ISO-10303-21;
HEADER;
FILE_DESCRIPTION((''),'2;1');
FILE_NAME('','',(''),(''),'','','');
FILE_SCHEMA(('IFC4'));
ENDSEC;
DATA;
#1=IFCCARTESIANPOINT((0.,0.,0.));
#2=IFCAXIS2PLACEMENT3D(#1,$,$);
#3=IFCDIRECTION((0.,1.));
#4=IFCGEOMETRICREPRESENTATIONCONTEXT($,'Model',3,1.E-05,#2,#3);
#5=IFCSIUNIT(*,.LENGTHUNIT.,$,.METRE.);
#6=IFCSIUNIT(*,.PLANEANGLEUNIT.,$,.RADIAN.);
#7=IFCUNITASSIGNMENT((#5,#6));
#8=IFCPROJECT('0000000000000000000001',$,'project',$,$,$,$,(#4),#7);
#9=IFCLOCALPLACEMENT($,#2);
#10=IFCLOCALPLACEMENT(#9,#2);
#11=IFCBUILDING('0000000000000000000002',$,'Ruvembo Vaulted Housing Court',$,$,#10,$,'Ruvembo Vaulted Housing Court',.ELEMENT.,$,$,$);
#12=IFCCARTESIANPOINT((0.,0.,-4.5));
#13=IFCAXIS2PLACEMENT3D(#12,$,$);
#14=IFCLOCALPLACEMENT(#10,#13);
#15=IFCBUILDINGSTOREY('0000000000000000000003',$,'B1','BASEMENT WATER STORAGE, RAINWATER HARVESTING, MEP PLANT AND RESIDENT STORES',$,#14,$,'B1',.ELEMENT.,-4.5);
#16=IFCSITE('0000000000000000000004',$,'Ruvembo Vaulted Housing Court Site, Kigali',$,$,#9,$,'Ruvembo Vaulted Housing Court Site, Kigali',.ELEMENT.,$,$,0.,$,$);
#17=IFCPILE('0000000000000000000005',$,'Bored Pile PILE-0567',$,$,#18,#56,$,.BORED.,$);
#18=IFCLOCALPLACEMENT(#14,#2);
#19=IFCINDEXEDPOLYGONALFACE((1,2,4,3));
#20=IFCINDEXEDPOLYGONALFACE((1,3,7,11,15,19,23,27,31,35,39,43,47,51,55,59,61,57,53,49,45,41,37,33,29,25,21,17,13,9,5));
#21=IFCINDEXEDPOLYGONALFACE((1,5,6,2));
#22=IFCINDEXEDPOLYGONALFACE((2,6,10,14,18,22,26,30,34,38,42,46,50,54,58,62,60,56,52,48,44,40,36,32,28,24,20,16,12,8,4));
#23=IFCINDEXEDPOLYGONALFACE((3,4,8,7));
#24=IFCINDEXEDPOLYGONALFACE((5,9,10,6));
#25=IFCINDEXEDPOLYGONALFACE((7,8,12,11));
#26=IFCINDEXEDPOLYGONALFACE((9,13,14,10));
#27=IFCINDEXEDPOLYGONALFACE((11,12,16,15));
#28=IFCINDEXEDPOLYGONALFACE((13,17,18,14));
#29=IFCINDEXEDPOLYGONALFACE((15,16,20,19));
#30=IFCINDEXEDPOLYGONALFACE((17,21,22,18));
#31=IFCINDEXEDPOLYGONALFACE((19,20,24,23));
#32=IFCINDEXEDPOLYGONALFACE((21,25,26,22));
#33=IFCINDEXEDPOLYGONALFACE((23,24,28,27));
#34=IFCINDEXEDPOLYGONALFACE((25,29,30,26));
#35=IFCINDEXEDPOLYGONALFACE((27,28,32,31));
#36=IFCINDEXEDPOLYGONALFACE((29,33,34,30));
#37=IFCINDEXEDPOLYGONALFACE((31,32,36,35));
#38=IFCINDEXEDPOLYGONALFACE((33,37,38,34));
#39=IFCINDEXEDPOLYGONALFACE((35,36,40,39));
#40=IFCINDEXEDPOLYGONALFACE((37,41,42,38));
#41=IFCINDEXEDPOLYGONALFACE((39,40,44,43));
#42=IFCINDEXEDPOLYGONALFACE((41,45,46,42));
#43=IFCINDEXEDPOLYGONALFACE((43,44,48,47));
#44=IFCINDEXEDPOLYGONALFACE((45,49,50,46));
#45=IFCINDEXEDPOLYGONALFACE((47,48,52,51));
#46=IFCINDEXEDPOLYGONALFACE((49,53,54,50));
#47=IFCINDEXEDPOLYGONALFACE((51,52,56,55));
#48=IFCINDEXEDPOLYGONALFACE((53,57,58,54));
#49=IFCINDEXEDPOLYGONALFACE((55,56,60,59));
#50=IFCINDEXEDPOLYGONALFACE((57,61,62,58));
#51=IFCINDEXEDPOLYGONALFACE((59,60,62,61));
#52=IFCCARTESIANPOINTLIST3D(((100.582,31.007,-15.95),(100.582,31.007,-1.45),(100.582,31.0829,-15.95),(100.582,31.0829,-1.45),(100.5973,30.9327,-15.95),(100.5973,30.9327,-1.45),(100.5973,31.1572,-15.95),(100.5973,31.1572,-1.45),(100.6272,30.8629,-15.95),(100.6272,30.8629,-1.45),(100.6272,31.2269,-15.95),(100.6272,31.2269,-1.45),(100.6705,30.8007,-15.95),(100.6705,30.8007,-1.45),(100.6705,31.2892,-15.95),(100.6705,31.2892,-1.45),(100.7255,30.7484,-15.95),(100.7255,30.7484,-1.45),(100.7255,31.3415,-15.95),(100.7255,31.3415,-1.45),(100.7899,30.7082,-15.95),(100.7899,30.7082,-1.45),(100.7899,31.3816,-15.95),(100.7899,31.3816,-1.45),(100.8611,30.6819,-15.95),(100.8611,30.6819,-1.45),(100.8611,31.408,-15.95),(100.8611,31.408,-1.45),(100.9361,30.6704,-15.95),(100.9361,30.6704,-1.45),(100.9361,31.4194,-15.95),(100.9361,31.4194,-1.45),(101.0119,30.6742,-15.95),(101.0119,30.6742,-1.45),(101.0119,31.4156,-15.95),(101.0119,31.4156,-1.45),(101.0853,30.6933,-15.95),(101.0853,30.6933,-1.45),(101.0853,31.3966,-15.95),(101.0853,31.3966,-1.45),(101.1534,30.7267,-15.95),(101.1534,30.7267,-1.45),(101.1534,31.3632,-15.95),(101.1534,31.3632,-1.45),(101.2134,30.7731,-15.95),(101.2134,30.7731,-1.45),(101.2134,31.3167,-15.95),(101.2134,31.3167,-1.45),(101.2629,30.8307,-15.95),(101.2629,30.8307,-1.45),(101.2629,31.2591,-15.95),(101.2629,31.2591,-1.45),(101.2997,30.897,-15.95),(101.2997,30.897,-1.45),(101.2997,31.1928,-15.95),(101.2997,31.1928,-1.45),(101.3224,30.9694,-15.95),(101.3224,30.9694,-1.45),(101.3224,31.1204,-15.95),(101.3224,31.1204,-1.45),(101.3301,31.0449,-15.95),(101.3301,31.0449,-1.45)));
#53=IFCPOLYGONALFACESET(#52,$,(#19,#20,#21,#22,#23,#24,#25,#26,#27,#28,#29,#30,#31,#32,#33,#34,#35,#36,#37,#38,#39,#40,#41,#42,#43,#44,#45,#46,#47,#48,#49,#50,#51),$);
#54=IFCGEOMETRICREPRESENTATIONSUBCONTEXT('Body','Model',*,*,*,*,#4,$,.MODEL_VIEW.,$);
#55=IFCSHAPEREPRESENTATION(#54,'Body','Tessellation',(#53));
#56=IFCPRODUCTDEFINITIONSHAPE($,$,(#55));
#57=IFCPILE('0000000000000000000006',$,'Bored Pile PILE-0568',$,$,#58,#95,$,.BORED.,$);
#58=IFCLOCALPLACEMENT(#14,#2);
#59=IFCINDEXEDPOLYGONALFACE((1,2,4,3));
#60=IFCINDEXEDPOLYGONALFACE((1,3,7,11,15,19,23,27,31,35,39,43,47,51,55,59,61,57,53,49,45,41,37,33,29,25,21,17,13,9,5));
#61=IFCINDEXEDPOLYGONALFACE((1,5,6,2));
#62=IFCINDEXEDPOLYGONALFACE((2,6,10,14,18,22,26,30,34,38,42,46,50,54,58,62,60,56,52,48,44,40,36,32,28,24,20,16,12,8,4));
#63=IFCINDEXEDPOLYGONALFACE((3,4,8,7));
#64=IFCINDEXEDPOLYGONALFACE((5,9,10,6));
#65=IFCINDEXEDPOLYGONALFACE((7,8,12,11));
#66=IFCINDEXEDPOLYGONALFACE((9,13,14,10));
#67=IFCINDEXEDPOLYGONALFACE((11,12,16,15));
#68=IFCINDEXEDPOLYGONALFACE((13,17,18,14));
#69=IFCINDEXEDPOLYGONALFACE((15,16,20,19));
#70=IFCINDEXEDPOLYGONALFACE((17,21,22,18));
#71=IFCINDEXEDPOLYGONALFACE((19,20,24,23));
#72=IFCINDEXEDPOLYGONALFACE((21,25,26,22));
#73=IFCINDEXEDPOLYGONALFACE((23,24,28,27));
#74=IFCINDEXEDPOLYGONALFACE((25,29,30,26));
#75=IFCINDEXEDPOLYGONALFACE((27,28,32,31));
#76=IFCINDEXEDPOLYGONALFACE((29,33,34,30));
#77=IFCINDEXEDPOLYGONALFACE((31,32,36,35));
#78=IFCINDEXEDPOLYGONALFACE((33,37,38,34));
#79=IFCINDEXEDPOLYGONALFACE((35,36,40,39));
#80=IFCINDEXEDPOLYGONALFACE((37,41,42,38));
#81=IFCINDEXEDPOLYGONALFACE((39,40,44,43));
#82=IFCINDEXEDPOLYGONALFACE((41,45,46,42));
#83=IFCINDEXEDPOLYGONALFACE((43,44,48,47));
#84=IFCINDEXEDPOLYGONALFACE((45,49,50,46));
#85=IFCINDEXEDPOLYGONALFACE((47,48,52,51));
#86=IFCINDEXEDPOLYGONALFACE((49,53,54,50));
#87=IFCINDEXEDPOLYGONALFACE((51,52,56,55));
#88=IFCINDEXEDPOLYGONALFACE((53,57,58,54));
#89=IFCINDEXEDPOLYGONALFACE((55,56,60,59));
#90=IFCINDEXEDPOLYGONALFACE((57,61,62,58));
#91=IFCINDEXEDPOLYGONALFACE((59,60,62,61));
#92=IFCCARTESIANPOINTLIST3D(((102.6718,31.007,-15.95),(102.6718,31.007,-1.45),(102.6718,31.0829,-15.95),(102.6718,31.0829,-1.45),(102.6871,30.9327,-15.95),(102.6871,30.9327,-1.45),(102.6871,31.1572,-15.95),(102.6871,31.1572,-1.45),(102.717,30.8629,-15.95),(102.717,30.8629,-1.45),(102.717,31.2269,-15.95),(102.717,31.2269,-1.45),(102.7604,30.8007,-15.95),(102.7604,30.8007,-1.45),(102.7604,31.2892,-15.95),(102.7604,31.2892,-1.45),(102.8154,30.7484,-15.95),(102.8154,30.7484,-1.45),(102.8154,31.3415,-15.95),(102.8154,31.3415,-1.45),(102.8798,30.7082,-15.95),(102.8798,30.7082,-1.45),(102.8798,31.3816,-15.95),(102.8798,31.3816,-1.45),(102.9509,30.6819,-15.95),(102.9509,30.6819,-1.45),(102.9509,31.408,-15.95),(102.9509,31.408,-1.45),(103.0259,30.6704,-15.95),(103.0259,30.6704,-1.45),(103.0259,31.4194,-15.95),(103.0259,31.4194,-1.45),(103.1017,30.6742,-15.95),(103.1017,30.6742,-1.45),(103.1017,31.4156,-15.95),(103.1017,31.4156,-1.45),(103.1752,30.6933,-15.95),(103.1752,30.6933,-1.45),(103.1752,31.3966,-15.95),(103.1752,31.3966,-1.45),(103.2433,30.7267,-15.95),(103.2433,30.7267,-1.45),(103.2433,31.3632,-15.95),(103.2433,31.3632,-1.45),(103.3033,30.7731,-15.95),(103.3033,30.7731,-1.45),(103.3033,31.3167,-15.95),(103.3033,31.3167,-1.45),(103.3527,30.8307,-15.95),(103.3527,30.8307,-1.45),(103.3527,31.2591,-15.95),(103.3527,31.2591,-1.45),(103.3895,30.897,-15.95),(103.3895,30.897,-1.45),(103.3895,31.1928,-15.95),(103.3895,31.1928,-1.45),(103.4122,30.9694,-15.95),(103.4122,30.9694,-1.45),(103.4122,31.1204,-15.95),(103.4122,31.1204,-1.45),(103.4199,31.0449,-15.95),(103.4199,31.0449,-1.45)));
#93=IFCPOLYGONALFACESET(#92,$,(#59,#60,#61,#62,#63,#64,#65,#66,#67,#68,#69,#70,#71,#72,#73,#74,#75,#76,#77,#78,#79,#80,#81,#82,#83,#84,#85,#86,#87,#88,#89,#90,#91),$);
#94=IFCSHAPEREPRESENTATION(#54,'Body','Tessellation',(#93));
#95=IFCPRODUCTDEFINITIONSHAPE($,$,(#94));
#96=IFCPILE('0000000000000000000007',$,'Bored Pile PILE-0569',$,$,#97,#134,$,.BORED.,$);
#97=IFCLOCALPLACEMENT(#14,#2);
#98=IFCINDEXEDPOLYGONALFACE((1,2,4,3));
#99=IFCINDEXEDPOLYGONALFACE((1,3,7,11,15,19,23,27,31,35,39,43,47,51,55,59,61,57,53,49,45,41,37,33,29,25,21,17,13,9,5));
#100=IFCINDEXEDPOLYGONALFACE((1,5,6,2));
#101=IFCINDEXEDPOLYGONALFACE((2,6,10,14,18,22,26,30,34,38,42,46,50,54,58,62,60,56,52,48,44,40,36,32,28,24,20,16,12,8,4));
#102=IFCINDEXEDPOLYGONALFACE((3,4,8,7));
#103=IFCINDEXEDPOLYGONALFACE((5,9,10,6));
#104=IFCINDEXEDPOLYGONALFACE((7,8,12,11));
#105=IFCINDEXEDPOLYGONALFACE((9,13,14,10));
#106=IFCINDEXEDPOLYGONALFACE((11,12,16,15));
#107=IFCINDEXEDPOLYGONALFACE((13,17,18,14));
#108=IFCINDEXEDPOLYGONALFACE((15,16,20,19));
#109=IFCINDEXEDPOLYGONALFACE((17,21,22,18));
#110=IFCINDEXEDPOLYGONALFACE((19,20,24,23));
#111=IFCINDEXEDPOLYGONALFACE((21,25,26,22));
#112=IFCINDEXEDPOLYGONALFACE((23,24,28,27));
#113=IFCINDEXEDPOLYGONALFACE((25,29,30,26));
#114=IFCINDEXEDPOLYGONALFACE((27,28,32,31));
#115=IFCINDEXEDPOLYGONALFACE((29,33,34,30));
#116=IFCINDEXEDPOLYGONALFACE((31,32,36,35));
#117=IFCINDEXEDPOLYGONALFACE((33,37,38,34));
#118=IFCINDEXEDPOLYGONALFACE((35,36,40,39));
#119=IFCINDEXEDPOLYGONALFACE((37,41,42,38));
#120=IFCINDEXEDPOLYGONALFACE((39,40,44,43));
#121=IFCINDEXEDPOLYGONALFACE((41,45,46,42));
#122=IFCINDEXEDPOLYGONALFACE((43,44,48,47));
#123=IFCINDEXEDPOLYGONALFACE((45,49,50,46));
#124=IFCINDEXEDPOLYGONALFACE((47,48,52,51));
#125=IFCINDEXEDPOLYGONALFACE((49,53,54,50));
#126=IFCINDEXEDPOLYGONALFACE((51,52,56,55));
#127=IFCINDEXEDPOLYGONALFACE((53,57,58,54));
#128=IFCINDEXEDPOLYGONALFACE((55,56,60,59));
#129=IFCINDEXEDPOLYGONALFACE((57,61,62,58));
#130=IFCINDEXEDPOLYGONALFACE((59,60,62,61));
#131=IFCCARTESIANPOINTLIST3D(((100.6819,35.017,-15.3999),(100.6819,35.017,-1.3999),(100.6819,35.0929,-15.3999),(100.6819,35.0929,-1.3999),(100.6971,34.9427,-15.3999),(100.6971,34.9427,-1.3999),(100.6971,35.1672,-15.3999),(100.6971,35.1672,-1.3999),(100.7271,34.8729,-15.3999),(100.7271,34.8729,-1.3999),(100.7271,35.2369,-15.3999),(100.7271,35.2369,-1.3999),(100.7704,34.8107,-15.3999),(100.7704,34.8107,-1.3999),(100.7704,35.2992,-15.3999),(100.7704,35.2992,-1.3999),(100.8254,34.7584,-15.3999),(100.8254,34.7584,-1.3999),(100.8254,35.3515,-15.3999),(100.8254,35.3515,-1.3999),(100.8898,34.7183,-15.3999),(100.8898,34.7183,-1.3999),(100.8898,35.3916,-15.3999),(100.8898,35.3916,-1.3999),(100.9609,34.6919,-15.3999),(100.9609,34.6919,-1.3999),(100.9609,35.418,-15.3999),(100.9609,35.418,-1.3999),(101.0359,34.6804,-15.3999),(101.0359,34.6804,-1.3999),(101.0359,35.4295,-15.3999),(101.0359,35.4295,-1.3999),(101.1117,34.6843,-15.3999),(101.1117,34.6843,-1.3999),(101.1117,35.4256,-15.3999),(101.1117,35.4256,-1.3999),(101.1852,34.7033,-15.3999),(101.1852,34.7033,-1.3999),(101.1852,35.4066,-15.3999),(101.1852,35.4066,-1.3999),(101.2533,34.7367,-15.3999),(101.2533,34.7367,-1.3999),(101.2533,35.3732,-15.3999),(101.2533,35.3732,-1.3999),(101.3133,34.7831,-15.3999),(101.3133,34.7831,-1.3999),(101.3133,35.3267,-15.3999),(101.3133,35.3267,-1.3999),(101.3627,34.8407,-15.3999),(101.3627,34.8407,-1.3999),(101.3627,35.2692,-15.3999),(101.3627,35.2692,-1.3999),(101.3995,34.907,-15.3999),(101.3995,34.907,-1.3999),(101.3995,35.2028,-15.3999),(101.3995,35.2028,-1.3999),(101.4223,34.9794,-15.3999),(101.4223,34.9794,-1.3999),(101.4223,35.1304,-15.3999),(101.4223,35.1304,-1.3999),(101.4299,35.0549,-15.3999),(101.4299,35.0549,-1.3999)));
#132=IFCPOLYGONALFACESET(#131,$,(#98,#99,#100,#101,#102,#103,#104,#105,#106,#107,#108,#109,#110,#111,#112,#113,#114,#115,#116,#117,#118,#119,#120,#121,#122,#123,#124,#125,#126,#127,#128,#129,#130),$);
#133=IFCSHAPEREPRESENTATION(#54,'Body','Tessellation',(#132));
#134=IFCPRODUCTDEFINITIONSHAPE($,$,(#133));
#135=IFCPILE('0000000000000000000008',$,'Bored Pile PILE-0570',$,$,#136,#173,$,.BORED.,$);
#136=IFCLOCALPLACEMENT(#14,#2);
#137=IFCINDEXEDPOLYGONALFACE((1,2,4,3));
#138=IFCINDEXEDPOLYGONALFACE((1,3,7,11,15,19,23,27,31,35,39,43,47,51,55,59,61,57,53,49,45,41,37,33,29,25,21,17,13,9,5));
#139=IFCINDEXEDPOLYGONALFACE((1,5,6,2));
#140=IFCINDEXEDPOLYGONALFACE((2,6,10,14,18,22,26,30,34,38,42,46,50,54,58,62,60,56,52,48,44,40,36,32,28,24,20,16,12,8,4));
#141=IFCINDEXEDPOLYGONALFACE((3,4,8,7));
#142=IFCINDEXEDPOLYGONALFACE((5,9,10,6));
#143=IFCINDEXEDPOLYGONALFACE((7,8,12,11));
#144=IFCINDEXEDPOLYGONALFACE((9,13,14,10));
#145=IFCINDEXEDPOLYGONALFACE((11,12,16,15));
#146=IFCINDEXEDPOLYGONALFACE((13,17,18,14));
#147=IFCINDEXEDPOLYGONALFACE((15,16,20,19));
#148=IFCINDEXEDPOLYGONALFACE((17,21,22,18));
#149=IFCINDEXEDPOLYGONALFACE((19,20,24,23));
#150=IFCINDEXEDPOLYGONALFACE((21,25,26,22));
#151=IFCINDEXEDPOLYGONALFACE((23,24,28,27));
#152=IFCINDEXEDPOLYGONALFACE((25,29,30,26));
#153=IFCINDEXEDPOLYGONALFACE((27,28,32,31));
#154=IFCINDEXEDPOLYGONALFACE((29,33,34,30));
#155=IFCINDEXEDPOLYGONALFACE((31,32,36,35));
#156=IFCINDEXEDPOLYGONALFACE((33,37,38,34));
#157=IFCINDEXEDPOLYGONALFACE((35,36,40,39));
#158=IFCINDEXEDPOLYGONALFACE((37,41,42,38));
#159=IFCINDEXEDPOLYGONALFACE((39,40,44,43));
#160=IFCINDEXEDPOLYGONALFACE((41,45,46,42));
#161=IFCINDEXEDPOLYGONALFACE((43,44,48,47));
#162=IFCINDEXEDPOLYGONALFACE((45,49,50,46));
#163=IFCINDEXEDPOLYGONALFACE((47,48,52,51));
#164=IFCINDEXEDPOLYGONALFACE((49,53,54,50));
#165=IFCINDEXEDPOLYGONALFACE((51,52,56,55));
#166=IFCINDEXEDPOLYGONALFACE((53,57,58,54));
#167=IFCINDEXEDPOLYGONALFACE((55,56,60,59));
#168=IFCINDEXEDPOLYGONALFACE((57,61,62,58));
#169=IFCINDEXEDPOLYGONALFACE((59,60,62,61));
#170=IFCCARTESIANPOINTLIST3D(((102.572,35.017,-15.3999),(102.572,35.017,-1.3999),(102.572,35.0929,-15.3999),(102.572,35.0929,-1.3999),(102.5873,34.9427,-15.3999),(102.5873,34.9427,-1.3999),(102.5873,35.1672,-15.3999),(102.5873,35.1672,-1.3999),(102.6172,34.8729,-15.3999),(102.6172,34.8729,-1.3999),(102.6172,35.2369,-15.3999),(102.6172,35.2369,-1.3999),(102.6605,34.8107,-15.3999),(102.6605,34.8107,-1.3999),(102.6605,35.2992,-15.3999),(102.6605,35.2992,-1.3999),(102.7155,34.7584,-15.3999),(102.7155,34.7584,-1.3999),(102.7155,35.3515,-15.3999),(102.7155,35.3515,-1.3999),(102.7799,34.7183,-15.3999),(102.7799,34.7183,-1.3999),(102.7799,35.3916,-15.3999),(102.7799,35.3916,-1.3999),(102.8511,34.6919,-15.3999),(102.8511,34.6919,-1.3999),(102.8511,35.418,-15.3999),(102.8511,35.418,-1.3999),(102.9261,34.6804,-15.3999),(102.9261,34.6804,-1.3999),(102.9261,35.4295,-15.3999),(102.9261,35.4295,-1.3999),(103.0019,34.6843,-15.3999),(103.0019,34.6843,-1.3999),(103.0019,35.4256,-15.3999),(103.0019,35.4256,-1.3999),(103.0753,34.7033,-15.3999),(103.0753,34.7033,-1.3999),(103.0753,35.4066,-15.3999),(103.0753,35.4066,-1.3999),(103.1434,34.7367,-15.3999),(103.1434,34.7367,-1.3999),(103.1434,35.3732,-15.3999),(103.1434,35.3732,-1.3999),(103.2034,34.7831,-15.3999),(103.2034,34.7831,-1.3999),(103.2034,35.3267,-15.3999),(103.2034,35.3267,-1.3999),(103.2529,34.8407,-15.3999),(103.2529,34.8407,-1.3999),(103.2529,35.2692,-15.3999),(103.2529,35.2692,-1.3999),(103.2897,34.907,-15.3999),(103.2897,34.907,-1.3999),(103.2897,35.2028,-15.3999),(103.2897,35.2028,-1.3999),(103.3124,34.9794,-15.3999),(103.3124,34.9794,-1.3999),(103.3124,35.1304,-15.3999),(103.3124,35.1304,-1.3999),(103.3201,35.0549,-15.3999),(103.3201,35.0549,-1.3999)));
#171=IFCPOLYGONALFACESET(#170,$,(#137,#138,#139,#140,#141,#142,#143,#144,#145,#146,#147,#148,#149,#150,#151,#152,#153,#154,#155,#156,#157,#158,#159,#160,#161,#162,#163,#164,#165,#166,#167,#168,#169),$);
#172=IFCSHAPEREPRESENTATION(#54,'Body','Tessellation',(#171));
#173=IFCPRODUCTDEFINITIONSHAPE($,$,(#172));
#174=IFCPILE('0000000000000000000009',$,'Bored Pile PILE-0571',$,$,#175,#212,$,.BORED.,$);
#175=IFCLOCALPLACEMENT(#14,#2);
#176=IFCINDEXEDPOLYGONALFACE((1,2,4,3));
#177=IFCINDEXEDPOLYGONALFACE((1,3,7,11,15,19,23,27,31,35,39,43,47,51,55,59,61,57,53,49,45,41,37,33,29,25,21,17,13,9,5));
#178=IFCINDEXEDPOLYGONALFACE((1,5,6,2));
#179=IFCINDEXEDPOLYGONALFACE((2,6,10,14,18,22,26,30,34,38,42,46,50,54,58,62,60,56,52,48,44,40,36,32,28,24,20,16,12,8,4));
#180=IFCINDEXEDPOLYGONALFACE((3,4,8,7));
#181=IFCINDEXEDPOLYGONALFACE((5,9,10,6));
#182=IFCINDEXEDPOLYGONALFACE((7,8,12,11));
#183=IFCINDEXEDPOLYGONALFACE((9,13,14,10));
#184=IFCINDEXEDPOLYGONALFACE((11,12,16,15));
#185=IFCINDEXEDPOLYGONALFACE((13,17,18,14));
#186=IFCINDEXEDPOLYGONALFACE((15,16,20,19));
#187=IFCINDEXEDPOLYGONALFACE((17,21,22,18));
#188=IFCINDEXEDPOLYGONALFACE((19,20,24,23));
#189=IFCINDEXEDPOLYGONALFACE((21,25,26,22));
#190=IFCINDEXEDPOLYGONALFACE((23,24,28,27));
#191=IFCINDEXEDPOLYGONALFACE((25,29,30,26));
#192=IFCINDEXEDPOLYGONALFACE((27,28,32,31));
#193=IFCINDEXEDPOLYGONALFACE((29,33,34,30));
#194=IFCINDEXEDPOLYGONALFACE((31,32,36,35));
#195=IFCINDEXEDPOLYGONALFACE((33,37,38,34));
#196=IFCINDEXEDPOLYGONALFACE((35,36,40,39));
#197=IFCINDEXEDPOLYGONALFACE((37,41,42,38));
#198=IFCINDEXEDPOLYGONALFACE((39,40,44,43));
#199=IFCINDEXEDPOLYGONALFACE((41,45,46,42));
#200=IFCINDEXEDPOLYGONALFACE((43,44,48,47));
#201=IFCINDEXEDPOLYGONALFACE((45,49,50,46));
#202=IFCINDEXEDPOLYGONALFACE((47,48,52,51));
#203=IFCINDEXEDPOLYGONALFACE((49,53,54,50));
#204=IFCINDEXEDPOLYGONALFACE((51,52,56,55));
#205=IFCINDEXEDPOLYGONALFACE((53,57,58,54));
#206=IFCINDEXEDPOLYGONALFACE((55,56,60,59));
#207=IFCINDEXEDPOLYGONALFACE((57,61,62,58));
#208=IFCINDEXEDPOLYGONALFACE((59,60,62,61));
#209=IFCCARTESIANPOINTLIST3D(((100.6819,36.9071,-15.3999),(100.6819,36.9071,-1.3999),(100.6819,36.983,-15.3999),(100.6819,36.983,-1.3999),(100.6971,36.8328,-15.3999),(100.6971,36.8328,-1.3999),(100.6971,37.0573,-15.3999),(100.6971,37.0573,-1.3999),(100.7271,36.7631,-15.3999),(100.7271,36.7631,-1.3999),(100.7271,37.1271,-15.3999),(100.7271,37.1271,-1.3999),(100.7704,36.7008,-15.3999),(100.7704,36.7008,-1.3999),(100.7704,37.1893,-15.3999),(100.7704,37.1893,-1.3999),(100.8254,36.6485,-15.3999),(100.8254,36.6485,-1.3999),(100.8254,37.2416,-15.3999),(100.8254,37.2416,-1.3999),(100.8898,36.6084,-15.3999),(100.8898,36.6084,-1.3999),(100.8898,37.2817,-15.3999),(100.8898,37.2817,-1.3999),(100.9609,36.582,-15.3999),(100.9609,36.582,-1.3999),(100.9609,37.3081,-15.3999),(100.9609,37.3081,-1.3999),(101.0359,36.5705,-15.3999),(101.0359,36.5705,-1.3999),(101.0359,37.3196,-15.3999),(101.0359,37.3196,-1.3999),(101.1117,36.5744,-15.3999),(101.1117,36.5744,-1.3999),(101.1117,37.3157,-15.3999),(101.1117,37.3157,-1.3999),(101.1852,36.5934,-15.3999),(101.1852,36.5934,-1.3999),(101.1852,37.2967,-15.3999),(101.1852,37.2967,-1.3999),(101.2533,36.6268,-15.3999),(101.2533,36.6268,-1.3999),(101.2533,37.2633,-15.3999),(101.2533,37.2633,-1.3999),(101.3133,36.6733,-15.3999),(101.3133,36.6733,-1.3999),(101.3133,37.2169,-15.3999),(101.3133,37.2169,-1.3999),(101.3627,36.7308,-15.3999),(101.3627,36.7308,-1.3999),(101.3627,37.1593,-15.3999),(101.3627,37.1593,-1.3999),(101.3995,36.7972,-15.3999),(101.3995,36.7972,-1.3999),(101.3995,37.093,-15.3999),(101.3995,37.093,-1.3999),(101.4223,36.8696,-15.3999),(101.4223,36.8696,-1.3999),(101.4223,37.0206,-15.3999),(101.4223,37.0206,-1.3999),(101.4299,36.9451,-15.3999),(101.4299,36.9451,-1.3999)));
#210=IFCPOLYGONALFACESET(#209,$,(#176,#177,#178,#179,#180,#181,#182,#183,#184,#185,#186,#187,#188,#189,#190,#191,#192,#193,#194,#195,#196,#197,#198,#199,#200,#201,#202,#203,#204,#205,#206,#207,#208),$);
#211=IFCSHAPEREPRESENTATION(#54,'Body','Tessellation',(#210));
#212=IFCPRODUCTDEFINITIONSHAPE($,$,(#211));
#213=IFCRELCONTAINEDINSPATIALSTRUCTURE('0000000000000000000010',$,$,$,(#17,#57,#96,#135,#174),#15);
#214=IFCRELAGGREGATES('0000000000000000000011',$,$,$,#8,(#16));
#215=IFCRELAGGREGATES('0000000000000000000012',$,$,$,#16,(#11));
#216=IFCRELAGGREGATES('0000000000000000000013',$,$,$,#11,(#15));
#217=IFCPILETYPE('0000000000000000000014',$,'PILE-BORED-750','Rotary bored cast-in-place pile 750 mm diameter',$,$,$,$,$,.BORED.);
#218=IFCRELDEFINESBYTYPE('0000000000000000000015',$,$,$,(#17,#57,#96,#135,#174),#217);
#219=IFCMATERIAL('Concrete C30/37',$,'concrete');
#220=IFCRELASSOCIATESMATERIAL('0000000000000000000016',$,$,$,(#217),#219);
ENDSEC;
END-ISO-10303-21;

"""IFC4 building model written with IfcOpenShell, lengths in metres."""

from ifc_helpers import new_model, si_unit, direction, frame, origin, origin_2d, place, context, subcontext, project, spatial, circle, extrude, material, material_profile, profile_set, type_object, element, save


model = new_model("IFC4")

# Units and contexts
model_context = context("Model", 3, precision=1e-05, world=origin(), true_north=direction((0.0, 1.0)))
body_context = subcontext(model_context, "Body", "Model", "MODEL_VIEW")
ifc_project = project(units=[si_unit("LENGTHUNIT", "METRE"), si_unit("PLANEANGLEUNIT", "RADIAN")], contexts=[model_context])

# Site, building, storey
site_placement = place(None, origin())
site = spatial("IfcSite", under=ifc_project, at=site_placement, Name="Ruvembo Vaulted Housing Court Site, Kigali", LongName="Ruvembo Vaulted Housing Court Site, Kigali", CompositionType="ELEMENT", RefElevation=0.0)
building_placement = place(site_placement, origin())
building = spatial("IfcBuilding", under=site, at=building_placement, Name="Ruvembo Vaulted Housing Court", LongName="Ruvembo Vaulted Housing Court", CompositionType="ELEMENT")
storey_placement = place(building_placement, frame((0.0, 0.0, -4.5)))
storey = spatial("IfcBuildingStorey", under=building, at=storey_placement, Name="B1", Description="BASEMENT WATER STORAGE, RAINWATER HARVESTING, MEP PLANT AND RESIDENT STORES", LongName="B1", CompositionType="ELEMENT", Elevation=-4.5)

# Piles
ifc_material_1 = material(Name="Concrete C30/37", Category="concrete")
ifc_material_profile_1 = material_profile(ifc_material_1, circle(Radius=0.375, at=origin_2d()), Name="PILE D750")
ifc_profile_set_1 = profile_set([ifc_material_profile_1], Name="Concrete C30/37")
pile_type_1 = type_object("IfcPileType", Name="PILE-BORED-750", Description="Rotary bored cast-in-place pile 750 mm diameter", PredefinedType="BORED", material=ifc_profile_set_1)
for number, where, z_axis, x_axis, name in (
    (1, (100.9551, 31.0449, -1.45), (0.0, 0.0, -1.0), (1.0, 0.0, 0.0), "Bored Pile PILE-0567"),
    (2, (103.0449, 31.0449, -1.45), (0.0, 0.0, -1.0), (1.0, 0.0, 0.0), "Bored Pile PILE-0568"),
):
    element("IfcPile", number, at=place(storey_placement, frame(where, z_axis=z_axis, x_axis=x_axis)), inside=storey, type_object=pile_type_1, Name=name, PredefinedType="BORED", context=body_context, shape_type="SweptSolid", body=[
        extrude(circle(Radius=0.375, at=origin_2d()), origin(), (0.0, 0.0, 1.0), 14.5),
    ])
for number, where, z_axis, x_axis, name in (
    (3, (101.0549, 35.0549, -1.3999), (0.0, 0.0, -1.0), (1.0, 0.0, 0.0), "Bored Pile PILE-0569"),
    (4, (102.9451, 35.0549, -1.3999), (0.0, 0.0, -1.0), (1.0, 0.0, 0.0), "Bored Pile PILE-0570"),
    (5, (101.0549, 36.9451, -1.3999), (0.0, 0.0, -1.0), (1.0, 0.0, 0.0), "Bored Pile PILE-0571"),
):
    element("IfcPile", number, at=place(storey_placement, frame(where, z_axis=z_axis, x_axis=x_axis)), inside=storey, type_object=pile_type_1, Name=name, PredefinedType="BORED", context=body_context, shape_type="SweptSolid", body=[
        extrude(circle(Radius=0.375, at=origin_2d()), origin(), (0.0, 0.0, 1.0), 14.0),
    ])

save(model, "model.ifc")
